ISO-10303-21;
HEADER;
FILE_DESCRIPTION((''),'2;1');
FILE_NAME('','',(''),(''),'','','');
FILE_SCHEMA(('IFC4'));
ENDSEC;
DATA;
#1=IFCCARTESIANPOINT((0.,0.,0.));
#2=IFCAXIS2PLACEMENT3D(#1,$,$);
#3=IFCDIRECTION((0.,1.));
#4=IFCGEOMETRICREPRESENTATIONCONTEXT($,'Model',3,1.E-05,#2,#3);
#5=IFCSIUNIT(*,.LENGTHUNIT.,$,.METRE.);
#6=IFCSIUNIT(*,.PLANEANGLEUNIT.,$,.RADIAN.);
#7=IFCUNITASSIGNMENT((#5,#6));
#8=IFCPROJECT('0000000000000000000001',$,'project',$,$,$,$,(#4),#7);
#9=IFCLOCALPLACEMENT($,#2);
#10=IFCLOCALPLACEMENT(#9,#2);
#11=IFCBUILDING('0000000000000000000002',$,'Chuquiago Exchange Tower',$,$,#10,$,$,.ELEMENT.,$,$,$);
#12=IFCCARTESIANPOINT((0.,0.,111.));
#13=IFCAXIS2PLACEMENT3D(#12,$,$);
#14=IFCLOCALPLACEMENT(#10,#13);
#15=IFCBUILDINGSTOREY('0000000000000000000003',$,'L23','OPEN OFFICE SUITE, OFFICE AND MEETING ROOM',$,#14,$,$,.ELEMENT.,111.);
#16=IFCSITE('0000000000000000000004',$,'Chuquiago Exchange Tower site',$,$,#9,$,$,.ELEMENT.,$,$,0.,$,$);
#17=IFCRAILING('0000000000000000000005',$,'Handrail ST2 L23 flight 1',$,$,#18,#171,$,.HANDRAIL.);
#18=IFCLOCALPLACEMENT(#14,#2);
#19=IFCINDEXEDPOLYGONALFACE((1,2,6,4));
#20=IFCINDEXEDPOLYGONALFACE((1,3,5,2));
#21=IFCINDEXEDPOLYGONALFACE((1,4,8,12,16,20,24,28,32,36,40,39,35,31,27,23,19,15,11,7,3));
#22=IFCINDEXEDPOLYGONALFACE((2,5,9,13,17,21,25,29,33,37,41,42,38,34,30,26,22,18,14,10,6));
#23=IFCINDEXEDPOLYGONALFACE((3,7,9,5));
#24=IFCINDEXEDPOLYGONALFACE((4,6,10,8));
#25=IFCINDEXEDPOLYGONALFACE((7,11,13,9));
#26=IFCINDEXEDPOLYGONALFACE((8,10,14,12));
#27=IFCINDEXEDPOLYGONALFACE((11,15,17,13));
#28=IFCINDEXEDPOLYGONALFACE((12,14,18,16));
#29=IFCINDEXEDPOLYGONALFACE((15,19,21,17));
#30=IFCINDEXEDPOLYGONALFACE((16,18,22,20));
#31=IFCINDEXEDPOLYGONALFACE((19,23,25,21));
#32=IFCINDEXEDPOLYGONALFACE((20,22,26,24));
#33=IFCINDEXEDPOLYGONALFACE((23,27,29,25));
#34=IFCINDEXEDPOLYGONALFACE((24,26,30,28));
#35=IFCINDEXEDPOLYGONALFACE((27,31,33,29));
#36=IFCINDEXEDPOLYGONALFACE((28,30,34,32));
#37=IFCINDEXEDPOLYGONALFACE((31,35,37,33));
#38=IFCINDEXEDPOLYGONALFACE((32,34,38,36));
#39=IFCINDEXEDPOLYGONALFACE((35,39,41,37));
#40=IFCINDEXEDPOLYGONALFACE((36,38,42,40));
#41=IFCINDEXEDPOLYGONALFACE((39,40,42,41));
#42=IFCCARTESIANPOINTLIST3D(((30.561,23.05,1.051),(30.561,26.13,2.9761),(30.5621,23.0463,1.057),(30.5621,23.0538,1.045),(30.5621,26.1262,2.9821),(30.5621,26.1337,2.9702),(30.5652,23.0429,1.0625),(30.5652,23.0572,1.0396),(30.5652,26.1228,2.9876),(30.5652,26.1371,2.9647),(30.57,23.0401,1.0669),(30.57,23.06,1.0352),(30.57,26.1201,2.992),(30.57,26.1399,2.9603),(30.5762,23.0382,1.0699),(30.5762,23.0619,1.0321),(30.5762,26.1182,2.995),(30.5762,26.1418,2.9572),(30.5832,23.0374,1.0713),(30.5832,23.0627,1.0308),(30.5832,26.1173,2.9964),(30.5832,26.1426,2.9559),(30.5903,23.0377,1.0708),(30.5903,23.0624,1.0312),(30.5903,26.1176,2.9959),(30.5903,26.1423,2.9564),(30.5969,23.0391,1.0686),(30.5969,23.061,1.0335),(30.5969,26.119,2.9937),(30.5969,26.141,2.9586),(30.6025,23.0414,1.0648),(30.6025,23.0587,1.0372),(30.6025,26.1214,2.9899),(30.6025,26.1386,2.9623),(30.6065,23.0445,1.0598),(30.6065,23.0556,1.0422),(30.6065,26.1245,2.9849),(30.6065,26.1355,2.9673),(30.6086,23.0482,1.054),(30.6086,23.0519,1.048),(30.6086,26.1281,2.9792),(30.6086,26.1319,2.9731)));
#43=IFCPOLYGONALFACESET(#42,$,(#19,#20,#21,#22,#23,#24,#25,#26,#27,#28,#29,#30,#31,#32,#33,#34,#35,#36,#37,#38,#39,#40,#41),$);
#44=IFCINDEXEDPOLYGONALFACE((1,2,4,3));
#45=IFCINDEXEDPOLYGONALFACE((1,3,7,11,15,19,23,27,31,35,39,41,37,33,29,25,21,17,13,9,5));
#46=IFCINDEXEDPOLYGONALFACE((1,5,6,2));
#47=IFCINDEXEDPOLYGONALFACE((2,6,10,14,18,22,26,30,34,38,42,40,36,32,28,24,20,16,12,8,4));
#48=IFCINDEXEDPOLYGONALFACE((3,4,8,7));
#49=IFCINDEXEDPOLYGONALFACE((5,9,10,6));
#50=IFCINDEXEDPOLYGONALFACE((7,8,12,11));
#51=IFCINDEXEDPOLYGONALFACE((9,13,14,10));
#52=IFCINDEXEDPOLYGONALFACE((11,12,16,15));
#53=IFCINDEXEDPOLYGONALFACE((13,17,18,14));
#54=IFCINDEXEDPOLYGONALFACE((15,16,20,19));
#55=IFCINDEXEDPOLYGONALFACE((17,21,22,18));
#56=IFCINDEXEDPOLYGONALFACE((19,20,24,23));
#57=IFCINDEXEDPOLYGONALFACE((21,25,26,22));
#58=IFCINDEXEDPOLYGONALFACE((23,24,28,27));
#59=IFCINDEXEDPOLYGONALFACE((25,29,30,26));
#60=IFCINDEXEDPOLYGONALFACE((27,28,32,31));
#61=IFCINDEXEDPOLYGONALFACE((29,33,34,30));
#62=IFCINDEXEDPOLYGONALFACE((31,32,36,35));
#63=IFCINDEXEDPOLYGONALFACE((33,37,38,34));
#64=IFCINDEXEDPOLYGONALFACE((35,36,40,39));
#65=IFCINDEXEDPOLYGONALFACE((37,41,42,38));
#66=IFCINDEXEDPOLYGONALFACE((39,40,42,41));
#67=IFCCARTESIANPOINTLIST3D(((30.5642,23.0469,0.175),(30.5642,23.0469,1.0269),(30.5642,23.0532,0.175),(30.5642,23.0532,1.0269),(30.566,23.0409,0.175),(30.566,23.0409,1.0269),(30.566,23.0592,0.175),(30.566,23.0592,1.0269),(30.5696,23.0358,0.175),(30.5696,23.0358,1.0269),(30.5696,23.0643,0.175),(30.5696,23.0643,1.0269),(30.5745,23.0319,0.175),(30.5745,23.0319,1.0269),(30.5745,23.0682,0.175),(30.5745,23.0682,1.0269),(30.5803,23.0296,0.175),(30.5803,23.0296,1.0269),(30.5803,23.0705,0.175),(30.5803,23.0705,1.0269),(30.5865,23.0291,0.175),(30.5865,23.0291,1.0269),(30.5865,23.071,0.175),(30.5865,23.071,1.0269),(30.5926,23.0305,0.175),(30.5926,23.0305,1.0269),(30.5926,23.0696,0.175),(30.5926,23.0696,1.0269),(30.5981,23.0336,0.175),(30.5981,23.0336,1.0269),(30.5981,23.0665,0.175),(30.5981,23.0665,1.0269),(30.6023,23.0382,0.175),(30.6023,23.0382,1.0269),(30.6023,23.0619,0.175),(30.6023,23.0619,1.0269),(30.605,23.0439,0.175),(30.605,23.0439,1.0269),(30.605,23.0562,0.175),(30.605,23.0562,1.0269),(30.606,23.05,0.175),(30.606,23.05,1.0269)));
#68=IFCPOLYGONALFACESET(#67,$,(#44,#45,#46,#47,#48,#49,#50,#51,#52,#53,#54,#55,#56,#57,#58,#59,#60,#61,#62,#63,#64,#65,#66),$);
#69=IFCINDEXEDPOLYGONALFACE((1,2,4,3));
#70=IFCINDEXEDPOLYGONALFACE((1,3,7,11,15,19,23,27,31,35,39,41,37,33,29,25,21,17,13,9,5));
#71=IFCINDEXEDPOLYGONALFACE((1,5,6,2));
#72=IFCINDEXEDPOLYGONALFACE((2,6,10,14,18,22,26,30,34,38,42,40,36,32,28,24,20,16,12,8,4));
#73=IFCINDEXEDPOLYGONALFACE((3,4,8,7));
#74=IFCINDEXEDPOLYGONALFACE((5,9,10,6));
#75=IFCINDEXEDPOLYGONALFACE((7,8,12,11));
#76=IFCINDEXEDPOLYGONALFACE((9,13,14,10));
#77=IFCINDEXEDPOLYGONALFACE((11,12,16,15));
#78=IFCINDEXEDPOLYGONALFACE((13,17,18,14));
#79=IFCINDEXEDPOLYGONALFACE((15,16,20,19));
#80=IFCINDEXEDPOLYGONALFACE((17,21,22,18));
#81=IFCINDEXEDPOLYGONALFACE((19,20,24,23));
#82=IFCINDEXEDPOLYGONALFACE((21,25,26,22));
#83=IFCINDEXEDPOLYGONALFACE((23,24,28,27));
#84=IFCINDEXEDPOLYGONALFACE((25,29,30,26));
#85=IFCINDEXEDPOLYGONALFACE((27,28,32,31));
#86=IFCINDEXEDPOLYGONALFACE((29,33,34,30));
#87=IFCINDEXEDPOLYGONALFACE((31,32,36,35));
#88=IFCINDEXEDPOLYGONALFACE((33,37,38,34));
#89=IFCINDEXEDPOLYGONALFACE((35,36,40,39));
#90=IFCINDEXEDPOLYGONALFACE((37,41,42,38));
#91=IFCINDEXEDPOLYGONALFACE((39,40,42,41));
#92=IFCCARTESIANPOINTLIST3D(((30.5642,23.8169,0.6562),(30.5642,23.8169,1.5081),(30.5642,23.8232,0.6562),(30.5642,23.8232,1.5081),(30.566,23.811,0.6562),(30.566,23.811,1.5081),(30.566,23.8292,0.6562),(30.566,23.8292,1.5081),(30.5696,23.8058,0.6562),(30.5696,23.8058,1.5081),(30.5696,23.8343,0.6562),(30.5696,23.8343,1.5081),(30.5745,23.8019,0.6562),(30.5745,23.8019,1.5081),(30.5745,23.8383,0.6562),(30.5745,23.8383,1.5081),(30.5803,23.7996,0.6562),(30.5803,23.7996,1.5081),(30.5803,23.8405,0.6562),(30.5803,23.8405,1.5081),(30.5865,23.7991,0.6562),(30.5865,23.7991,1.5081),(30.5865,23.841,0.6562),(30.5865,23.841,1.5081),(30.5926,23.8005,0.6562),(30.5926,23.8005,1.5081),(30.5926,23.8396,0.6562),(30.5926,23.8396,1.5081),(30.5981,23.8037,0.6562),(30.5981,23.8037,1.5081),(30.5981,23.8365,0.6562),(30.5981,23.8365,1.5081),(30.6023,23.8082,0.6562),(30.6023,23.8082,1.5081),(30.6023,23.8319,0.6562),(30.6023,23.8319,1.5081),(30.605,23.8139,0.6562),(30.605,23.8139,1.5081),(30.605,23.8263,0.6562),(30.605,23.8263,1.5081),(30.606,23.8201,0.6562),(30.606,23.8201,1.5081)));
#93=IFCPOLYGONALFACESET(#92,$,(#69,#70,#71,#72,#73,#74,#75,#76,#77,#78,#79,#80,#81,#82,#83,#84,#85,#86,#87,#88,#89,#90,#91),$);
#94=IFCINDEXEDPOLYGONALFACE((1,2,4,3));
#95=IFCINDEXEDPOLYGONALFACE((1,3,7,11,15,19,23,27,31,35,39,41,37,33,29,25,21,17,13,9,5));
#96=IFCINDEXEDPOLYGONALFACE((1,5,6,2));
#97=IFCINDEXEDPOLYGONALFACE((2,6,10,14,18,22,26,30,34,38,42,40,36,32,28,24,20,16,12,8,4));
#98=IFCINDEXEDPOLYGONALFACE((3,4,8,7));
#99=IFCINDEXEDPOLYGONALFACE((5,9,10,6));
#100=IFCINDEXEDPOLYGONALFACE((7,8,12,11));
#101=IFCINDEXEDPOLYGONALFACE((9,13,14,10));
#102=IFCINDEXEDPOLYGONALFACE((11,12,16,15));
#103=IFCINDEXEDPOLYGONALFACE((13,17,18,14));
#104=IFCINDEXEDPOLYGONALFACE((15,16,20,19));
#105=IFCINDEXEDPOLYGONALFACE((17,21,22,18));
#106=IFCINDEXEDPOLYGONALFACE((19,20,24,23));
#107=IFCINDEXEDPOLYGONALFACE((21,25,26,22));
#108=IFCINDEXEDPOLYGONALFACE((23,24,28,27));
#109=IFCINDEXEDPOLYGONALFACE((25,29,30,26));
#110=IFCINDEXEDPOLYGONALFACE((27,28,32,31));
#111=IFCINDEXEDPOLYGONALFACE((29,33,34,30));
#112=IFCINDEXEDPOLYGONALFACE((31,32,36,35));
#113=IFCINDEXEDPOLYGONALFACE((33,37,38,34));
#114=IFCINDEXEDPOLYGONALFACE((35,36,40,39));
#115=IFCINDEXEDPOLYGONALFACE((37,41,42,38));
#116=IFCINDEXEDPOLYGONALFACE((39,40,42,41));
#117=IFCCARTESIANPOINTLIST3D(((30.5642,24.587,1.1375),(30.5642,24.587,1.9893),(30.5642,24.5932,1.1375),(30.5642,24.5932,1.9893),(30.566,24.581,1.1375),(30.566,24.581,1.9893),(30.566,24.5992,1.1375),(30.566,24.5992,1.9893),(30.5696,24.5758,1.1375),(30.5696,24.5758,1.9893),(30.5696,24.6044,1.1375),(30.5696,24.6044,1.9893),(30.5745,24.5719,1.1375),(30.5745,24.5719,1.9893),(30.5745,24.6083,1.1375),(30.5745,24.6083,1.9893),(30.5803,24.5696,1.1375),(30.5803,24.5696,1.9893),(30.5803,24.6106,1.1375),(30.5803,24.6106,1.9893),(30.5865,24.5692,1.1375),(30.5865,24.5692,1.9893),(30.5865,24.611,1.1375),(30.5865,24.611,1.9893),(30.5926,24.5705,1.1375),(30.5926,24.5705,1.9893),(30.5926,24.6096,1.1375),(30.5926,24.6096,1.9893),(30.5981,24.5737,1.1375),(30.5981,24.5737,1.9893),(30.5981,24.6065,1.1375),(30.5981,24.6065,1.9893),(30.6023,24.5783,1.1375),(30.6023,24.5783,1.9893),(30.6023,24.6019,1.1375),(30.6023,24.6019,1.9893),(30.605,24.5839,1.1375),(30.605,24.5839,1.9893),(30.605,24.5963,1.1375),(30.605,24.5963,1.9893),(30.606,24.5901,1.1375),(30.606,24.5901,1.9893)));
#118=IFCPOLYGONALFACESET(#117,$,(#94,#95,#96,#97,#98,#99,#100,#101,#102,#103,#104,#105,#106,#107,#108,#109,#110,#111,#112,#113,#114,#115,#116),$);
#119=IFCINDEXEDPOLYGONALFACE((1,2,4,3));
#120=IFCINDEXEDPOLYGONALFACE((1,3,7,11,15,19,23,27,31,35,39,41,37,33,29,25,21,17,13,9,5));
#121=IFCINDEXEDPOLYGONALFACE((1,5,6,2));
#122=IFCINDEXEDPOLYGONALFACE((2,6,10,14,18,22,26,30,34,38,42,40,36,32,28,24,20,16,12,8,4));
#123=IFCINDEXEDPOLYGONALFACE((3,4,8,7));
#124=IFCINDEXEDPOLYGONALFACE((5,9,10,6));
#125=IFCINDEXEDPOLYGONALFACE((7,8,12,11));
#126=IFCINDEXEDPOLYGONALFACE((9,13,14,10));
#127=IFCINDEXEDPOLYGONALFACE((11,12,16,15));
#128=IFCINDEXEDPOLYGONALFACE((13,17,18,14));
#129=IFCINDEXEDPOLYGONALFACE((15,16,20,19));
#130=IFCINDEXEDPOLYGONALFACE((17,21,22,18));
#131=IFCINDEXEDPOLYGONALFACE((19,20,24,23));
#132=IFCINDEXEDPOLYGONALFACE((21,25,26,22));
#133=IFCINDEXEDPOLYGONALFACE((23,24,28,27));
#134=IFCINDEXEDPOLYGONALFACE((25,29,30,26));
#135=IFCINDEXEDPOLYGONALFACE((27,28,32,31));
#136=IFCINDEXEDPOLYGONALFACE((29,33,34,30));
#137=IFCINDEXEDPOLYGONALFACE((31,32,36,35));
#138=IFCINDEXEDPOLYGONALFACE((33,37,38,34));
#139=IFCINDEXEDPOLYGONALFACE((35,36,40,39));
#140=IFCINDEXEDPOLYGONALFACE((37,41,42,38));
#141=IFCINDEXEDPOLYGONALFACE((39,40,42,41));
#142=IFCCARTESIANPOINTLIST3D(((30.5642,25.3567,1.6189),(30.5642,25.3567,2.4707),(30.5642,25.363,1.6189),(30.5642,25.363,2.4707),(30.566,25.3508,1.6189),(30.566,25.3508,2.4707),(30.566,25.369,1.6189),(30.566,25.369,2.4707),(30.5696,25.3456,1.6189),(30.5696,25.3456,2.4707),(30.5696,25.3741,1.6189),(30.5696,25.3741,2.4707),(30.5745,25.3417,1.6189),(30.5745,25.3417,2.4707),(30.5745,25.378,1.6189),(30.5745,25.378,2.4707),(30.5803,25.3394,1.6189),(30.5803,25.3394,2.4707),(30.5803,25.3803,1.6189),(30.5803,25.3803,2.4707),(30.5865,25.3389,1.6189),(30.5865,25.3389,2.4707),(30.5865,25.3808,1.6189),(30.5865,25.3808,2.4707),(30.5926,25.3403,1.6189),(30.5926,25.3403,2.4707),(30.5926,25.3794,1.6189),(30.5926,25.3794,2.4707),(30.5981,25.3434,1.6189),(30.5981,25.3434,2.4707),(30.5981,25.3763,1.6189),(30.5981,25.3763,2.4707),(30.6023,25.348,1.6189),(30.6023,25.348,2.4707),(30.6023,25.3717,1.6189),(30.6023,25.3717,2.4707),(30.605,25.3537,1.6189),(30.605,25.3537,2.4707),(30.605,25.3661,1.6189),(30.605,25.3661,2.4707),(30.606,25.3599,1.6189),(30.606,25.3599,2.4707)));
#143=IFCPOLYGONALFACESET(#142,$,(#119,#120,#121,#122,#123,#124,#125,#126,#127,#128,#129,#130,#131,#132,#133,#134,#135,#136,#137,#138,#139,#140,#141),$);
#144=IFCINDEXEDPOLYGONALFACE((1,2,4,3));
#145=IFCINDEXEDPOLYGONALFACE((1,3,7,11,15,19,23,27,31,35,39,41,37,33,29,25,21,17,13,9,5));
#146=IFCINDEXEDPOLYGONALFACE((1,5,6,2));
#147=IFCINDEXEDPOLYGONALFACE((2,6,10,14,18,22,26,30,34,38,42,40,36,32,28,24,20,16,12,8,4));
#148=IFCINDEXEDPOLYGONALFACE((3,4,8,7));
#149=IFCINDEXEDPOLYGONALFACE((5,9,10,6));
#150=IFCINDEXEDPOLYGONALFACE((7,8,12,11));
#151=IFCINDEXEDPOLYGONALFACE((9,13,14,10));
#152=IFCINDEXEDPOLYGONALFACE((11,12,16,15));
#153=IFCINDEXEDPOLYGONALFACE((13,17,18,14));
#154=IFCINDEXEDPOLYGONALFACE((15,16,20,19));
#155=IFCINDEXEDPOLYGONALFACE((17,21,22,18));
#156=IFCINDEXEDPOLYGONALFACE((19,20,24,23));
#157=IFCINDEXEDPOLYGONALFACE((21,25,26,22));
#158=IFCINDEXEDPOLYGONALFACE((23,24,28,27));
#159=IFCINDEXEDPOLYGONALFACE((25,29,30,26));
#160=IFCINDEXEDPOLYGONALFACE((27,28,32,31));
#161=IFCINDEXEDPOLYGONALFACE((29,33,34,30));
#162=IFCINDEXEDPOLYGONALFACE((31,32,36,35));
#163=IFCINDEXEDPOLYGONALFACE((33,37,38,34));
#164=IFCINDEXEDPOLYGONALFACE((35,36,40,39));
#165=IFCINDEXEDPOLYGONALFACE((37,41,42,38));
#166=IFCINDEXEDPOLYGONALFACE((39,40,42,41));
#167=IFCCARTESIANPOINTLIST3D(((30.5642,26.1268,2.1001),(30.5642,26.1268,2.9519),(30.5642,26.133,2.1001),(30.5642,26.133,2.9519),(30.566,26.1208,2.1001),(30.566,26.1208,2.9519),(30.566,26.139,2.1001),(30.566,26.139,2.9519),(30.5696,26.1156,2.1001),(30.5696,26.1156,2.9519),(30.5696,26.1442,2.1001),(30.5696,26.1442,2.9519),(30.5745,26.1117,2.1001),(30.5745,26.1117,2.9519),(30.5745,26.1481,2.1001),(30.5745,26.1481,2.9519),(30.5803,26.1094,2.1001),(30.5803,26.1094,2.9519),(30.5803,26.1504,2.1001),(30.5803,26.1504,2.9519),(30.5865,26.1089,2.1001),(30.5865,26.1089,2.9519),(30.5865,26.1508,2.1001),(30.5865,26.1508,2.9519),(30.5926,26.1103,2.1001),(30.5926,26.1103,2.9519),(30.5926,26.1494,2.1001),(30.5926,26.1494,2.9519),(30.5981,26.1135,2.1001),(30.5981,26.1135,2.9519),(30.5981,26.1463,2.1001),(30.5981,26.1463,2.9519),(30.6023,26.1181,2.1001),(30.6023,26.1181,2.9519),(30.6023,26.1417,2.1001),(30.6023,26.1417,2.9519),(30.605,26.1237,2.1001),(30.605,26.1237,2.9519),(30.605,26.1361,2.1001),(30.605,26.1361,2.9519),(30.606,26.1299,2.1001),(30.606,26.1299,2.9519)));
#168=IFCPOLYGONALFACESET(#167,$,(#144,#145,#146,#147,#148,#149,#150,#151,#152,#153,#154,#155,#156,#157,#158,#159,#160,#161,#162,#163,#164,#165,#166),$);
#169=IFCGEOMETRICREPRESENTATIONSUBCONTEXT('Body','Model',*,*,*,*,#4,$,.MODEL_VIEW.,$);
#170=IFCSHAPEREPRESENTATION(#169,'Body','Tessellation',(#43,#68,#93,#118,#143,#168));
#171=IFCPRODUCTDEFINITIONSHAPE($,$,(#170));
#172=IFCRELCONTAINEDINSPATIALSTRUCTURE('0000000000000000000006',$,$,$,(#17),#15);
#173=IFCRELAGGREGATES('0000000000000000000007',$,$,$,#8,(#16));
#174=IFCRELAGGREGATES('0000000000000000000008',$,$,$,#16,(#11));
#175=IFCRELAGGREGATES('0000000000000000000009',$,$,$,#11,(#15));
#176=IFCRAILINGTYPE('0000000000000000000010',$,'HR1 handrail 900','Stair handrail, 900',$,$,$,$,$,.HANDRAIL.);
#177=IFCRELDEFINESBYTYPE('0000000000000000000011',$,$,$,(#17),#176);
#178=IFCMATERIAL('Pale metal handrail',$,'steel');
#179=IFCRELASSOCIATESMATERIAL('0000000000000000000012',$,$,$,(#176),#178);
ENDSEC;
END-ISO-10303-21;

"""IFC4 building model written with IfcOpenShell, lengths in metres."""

from ifc_helpers import new_model, si_unit, direction, frame, origin, origin_2d, place, context, subcontext, project, spatial, circle, extrude, material, type_object, element, save


model = new_model("IFC4")

# Units and contexts
model_context = context("Model", 3, precision=1e-05, world=origin(), true_north=direction((0.0, 1.0)))
body_context = subcontext(model_context, "Body", "Model", "MODEL_VIEW")
ifc_project = project(units=[si_unit("LENGTHUNIT", "METRE"), si_unit("PLANEANGLEUNIT", "RADIAN")], contexts=[model_context])

# Site, building, storey
site_placement = place(None, origin())
site = spatial("IfcSite", under=ifc_project, at=site_placement, Name="Chuquiago Exchange Tower site", CompositionType="ELEMENT", RefElevation=0.0)
building_placement = place(site_placement, origin())
building = spatial("IfcBuilding", under=site, at=building_placement, Name="Chuquiago Exchange Tower", CompositionType="ELEMENT")
storey_placement = place(building_placement, frame((0.0, 0.0, 111.0)))
storey = spatial("IfcBuildingStorey", under=building, at=storey_placement, Name="L23", Description="OPEN OFFICE SUITE, OFFICE AND MEETING ROOM", CompositionType="ELEMENT", Elevation=111.0)

# Railing
ifc_material_1 = material(Name="Pale metal handrail", Category="steel")
railing_type_1 = type_object("IfcRailingType", Name="HR1 handrail 900", Description="Stair handrail, 900", PredefinedType="HANDRAIL", material=ifc_material_1)
railing_1_placement = place(storey_placement, frame((30.585, 23.05, 0.175)))
element("IfcRailing", 1, at=railing_1_placement, inside=storey, type_object=railing_type_1, Name="Handrail ST2 L23 flight 1", PredefinedType="HANDRAIL", context=body_context, shape_type="SweptSolid", body=[
    extrude(circle(Radius=0.0239, at=origin_2d()), frame((0.0, 0.0, 0.876), z_axis=(0.0, 0.847979, 0.530029), x_axis=(-1.0, 0.0, 0.0)), (0.0, 0.0, 1.0), 3.6321),
    extrude(circle(Radius=0.021, at=origin_2d()), origin(), (0.0, 0.0, 1.0), 0.8518),
    extrude(circle(Radius=0.021, at=origin_2d()), frame((0.0, 0.77, 0.4812)), (0.0, 0.0, 1.0), 0.8518),
    extrude(circle(Radius=0.021, at=origin_2d()), frame((0.0, 1.54, 0.9624)), (0.0, 0.0, 1.0), 0.8518),
    extrude(circle(Radius=0.021, at=origin_2d()), frame((0.0, 2.3098, 1.4438)), (0.0, 0.0, 1.0), 0.8518),
    extrude(circle(Radius=0.021, at=origin_2d()), frame((0.0, 3.0798, 1.925)), (0.0, 0.0, 1.0), 0.8518),
])

save(model, "model.ifc")
